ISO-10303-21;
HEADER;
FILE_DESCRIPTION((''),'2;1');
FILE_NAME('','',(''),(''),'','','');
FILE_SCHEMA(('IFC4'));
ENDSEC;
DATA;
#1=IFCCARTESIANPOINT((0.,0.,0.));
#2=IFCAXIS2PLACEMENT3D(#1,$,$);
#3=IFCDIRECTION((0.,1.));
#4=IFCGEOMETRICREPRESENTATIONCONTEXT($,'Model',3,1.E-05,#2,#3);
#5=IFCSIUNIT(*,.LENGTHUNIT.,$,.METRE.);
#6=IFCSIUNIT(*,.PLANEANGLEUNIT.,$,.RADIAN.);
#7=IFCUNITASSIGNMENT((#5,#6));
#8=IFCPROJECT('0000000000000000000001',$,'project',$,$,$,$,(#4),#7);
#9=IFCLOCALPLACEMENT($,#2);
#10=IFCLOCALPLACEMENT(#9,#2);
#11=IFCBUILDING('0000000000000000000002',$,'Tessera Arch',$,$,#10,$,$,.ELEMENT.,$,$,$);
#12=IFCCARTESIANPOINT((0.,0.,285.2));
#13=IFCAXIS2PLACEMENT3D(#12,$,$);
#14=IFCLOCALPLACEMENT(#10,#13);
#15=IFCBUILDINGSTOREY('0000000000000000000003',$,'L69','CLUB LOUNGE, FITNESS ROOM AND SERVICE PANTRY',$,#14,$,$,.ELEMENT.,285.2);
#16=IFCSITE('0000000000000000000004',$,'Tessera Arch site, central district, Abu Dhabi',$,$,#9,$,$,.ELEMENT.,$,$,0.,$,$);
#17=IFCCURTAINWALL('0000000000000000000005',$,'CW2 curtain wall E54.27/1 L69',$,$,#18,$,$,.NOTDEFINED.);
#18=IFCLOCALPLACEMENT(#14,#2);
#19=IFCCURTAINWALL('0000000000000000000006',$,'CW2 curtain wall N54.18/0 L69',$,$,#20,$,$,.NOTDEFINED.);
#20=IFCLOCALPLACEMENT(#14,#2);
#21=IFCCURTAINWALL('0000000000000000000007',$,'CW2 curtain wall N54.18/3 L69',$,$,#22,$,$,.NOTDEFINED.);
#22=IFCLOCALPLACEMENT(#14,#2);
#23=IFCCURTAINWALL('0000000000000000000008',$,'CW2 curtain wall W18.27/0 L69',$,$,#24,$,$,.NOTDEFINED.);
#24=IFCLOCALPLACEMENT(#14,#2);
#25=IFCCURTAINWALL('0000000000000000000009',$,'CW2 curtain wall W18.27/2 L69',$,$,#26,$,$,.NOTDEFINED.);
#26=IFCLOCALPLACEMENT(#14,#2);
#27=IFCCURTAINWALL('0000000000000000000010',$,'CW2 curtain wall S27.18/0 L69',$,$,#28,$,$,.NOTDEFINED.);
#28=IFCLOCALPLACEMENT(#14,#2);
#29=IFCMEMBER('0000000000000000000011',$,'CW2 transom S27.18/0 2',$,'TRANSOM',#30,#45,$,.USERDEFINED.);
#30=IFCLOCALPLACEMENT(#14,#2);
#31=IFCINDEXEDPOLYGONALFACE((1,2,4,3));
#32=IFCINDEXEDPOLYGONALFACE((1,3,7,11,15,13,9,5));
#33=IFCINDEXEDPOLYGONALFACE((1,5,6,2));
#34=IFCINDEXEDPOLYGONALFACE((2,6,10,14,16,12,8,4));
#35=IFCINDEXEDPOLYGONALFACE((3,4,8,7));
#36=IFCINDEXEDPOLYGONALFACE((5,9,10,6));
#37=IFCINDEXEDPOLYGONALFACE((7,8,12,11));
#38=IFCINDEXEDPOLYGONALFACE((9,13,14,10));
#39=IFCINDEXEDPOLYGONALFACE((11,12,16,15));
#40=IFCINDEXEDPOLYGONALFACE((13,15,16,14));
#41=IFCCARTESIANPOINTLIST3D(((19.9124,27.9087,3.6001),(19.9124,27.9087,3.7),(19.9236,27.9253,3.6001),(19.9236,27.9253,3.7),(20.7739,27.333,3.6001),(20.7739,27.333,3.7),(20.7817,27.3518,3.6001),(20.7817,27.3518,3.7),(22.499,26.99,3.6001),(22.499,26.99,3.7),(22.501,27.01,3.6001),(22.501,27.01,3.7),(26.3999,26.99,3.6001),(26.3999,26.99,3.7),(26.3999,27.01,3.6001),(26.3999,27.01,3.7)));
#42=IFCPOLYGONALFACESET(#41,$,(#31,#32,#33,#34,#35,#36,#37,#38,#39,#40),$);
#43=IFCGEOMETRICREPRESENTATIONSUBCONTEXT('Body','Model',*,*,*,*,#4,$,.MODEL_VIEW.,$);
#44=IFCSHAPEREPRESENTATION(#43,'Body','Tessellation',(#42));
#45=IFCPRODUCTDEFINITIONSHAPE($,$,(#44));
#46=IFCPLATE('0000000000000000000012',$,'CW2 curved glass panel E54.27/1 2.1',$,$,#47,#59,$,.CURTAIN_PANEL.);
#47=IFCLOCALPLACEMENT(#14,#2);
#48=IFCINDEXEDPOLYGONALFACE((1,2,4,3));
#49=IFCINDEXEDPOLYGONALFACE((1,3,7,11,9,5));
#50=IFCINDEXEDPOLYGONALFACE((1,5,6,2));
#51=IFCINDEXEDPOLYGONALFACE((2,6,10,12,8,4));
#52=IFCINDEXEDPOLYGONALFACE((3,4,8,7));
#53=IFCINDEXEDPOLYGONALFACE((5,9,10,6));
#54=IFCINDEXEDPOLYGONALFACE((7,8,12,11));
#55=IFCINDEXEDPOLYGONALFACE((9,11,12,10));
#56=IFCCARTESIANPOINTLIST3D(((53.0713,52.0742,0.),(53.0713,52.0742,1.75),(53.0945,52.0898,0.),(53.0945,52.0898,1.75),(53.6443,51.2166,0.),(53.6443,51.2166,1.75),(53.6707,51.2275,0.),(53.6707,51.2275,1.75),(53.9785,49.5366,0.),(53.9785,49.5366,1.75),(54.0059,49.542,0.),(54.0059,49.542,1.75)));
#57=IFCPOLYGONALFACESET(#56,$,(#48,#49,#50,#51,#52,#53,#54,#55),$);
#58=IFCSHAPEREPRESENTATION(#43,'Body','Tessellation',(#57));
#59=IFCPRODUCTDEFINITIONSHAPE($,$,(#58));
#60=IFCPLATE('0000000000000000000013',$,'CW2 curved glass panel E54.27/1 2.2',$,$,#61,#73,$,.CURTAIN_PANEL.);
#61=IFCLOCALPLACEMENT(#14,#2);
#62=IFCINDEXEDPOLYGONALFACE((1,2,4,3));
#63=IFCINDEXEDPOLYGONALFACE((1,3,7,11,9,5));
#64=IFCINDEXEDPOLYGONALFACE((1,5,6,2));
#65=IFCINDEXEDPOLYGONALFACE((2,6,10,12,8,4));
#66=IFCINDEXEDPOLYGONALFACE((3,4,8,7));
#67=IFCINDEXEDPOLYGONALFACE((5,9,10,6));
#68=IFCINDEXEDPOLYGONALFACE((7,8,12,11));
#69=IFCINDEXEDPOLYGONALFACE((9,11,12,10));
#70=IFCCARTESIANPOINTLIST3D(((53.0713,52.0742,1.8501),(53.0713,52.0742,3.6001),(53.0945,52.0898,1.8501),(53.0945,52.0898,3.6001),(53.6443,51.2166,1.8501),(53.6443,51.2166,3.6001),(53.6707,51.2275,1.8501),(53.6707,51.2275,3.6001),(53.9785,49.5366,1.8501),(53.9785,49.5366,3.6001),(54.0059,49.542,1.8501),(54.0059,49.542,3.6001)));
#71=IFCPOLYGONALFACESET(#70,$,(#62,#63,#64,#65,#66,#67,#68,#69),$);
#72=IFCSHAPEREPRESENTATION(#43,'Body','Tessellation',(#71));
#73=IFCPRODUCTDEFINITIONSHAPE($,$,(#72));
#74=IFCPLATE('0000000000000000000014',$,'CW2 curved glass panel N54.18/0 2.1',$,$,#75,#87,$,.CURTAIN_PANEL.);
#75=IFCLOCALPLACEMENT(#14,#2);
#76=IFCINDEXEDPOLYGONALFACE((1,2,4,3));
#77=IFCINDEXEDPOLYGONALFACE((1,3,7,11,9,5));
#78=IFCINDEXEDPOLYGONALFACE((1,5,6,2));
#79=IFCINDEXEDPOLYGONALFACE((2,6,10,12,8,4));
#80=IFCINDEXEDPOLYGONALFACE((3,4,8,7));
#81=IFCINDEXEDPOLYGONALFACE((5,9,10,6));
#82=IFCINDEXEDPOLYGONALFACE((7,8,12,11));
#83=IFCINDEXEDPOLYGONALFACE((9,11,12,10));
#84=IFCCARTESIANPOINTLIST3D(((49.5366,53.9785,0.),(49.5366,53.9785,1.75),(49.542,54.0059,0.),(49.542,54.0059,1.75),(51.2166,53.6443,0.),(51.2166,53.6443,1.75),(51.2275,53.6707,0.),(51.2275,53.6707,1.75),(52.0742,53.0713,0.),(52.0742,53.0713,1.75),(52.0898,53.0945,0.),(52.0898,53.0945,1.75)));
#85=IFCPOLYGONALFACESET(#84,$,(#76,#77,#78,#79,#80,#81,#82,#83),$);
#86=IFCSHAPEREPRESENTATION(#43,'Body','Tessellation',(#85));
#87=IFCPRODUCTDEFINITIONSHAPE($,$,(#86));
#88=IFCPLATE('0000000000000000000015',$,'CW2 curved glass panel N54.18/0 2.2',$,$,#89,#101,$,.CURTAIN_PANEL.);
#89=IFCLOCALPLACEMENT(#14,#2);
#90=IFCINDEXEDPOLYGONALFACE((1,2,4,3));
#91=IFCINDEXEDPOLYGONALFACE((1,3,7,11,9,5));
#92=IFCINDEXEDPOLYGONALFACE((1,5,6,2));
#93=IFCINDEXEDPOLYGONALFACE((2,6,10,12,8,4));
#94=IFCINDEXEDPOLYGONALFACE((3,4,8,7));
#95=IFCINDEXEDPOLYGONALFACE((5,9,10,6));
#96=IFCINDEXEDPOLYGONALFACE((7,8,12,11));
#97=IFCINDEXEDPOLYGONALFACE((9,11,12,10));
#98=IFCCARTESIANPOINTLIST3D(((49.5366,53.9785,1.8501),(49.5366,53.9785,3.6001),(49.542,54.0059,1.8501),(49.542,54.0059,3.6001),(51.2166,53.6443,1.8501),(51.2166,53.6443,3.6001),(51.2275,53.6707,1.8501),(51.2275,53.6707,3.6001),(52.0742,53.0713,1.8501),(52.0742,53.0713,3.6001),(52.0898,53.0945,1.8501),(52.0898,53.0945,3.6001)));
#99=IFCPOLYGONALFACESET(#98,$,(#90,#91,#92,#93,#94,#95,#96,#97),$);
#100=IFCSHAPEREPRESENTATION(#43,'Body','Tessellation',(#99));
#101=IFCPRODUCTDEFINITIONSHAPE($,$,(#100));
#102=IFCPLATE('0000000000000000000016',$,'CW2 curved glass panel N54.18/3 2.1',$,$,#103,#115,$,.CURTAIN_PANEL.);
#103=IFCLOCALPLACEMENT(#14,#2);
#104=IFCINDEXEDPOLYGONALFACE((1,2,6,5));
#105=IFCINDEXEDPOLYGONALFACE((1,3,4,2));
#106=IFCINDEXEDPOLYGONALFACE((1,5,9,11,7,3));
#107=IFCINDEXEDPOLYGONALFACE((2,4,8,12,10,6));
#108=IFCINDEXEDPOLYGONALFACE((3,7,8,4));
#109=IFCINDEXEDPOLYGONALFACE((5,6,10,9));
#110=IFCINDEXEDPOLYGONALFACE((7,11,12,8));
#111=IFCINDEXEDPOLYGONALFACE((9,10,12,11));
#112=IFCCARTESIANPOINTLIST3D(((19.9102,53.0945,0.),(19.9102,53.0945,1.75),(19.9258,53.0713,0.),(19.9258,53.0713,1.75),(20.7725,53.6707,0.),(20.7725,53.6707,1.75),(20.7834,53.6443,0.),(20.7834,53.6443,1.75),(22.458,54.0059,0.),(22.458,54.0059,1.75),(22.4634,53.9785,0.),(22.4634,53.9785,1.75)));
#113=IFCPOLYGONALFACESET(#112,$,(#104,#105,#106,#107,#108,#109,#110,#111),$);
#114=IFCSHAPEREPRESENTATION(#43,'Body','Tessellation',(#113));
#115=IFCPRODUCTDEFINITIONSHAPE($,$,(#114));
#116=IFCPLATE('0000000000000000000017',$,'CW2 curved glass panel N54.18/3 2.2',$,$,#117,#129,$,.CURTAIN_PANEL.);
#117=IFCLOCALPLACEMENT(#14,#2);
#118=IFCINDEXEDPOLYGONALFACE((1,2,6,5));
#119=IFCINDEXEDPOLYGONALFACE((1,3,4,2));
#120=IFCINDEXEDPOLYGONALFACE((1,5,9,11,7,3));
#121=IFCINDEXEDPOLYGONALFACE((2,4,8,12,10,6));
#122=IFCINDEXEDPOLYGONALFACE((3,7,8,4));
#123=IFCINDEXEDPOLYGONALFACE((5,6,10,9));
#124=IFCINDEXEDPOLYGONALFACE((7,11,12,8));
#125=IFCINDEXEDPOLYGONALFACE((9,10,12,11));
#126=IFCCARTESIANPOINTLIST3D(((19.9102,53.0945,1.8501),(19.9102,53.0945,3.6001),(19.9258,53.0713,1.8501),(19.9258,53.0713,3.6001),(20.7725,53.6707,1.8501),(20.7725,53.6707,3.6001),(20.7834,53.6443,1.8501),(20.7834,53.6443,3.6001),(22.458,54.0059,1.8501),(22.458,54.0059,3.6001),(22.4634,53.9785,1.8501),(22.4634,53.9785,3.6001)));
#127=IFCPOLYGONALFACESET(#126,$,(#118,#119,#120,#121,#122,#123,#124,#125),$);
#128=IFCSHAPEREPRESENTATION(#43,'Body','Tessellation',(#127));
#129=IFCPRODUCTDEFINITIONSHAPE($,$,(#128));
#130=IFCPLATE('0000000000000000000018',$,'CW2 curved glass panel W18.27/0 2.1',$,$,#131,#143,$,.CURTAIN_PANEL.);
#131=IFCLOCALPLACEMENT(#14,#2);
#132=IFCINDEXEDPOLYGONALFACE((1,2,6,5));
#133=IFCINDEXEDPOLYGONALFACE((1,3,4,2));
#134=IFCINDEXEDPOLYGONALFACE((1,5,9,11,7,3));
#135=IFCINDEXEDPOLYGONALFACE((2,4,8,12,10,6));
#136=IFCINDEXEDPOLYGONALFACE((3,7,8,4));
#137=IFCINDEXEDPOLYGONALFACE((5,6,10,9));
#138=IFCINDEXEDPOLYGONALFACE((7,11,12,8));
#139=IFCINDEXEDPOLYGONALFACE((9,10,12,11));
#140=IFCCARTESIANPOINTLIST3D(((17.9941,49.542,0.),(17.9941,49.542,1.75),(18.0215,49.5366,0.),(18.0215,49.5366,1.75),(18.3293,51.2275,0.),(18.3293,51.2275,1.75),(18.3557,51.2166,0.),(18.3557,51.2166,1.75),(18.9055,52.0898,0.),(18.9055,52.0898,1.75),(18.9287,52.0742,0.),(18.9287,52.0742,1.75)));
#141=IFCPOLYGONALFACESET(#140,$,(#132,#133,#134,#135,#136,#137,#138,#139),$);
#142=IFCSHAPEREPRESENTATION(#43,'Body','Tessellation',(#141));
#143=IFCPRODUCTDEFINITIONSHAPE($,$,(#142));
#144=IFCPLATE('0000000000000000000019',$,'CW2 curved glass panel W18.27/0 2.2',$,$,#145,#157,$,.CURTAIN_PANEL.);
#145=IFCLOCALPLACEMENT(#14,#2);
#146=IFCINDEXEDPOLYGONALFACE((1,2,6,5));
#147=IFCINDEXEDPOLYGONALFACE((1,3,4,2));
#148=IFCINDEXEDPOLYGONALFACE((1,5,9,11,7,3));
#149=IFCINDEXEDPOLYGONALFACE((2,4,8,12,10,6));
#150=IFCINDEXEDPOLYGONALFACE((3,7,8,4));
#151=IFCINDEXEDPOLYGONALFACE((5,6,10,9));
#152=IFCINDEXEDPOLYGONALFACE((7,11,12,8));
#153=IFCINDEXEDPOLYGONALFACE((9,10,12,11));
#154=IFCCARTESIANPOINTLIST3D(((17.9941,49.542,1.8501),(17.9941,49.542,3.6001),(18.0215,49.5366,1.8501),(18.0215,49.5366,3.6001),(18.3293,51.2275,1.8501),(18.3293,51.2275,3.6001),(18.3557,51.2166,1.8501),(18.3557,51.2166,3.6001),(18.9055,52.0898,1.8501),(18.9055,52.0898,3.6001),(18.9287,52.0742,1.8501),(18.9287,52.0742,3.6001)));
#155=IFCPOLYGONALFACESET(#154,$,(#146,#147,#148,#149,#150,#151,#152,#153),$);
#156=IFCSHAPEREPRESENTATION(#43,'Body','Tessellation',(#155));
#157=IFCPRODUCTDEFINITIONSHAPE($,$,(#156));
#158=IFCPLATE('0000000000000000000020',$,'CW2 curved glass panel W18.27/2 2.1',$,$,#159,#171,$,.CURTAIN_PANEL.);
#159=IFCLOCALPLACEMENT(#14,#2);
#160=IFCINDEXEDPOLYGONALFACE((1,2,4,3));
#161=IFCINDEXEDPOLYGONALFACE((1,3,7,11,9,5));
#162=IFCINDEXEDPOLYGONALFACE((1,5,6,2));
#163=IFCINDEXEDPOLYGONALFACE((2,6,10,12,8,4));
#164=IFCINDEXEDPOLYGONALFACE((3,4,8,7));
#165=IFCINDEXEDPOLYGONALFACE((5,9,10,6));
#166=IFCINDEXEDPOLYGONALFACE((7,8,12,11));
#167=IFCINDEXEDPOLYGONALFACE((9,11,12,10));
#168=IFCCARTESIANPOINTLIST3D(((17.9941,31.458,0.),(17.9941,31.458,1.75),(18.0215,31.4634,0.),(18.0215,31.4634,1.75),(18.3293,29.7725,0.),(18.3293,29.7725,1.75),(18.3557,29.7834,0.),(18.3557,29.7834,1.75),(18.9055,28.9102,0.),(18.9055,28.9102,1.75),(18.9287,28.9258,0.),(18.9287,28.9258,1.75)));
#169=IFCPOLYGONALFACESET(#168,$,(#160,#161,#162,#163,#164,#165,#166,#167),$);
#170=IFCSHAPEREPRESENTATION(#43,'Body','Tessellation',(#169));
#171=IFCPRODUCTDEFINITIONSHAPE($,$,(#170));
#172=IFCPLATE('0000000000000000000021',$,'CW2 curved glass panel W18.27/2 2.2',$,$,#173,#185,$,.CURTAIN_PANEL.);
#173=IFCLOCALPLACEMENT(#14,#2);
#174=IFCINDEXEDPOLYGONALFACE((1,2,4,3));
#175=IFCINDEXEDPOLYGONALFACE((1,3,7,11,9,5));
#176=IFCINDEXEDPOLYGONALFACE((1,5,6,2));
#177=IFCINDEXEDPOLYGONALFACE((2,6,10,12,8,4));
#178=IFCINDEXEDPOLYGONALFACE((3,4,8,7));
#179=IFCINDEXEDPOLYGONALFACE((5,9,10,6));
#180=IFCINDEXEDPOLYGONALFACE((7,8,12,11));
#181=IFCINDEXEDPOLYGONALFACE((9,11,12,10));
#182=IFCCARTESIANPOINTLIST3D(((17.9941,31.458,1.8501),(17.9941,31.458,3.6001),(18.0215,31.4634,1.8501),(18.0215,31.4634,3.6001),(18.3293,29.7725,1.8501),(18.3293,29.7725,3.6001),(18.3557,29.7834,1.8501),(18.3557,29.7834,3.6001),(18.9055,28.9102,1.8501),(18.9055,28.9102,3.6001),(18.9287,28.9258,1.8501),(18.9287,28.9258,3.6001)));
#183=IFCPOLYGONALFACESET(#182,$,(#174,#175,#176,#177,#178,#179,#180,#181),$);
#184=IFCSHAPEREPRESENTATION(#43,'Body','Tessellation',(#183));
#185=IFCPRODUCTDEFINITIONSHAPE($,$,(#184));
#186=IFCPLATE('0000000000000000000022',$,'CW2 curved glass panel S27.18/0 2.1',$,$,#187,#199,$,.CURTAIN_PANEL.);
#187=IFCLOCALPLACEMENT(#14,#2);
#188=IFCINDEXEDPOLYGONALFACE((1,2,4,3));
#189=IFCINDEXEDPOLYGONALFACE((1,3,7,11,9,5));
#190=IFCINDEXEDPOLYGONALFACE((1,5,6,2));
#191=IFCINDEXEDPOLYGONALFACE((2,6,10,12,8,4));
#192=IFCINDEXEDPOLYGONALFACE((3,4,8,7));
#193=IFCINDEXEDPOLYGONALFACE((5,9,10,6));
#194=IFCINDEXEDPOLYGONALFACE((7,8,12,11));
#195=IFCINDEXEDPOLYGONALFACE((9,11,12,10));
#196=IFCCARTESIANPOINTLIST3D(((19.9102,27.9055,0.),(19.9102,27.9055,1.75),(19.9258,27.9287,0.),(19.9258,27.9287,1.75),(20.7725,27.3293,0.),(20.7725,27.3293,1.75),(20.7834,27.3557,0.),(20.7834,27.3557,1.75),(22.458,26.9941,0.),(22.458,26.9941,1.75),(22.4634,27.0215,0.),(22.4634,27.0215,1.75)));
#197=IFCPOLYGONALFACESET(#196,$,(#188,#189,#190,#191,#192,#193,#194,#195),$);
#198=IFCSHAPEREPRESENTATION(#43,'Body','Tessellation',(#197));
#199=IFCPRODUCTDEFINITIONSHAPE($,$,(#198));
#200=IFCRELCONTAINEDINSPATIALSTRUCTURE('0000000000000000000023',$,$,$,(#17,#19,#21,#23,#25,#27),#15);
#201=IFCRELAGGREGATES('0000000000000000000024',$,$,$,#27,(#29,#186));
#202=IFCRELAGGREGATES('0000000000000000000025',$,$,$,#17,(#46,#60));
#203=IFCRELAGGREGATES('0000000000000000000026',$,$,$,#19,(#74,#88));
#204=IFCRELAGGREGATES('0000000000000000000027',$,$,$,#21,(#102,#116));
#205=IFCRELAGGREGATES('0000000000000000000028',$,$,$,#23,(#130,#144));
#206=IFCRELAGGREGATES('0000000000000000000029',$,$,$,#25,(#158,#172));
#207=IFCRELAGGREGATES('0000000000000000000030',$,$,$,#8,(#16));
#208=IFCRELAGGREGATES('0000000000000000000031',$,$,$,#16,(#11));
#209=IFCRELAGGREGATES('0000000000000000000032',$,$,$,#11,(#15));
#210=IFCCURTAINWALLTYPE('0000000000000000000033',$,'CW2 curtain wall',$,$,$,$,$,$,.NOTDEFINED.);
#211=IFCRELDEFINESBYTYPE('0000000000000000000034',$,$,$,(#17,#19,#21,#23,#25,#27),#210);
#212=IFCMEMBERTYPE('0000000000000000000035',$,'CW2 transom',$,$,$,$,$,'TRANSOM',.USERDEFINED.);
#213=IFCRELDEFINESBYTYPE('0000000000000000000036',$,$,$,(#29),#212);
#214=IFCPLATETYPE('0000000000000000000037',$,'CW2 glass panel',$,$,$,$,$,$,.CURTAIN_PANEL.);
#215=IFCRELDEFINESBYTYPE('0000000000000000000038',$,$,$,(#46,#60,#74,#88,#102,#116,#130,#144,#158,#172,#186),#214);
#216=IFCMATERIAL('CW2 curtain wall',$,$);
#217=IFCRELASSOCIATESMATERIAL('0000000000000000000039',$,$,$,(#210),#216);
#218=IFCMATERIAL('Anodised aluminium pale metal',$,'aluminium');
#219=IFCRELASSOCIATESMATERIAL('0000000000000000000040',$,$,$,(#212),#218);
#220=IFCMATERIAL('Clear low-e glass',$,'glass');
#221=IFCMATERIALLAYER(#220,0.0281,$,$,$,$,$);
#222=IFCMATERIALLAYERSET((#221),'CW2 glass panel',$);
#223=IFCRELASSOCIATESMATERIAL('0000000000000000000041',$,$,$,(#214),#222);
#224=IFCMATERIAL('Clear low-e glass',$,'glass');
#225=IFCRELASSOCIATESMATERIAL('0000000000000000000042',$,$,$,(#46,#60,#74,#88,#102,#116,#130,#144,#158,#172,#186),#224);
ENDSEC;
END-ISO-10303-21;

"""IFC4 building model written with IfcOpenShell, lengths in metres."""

from ifc_helpers import new_model, si_unit, direction, frame, origin, origin_2d, place, context, subcontext, project, spatial, polyline, rectangle, outline, extrude, material, layer, layer_set, material_profile, profile_set, type_object, element, aggregate, save


model = new_model("IFC4")

# Units and contexts
model_context = context("Model", 3, precision=1e-05, world=origin(), true_north=direction((0.0, 1.0)))
body_context = subcontext(model_context, "Body", "Model", "MODEL_VIEW")
ifc_project = project(units=[si_unit("LENGTHUNIT", "METRE"), si_unit("PLANEANGLEUNIT", "RADIAN")], contexts=[model_context])

# Site, building, storey
site_placement = place(None, origin())
site = spatial("IfcSite", under=ifc_project, at=site_placement, Name="Tessera Arch site, central district, Abu Dhabi", CompositionType="ELEMENT", RefElevation=0.0)
building_placement = place(site_placement, origin())
building = spatial("IfcBuilding", under=site, at=building_placement, Name="Tessera Arch", CompositionType="ELEMENT")
storey_placement = place(building_placement, frame((0.0, 0.0, 285.2)))
storey = spatial("IfcBuildingStorey", under=building, at=storey_placement, Name="L69", Description="CLUB LOUNGE, FITNESS ROOM AND SERVICE PANTRY", CompositionType="ELEMENT", Elevation=285.2)

# Curtain walls, member
ifc_material_1 = material(Name="CW2 curtain wall")
curtain_wall_type = type_object("IfcCurtainWallType", Name="CW2 curtain wall", PredefinedType="NOTDEFINED", material=ifc_material_1)
curtain_wall_1_placement = place(storey_placement, origin())
curtain_wall_1 = element("IfcCurtainWall", 1, at=curtain_wall_1_placement, inside=storey, type_object=curtain_wall_type, Name="CW2 curtain wall E54.27/1 L69", PredefinedType="NOTDEFINED")
ifc_material_2 = material(Name="Anodised aluminium pale metal", Category="aluminium")
ifc_material_profile = material_profile(ifc_material_2, rectangle(XDim=0.2, YDim=0.1001, at=origin_2d()), Name="AL 200x100")
ifc_profile_set = profile_set([ifc_material_profile], Name="Anodised aluminium pale metal")
member_type = type_object("IfcMemberType", Name="CW2 transom", ElementType="TRANSOM", PredefinedType="USERDEFINED", material=ifc_profile_set)
curtain_wall_2_placement = place(storey_placement, origin())
curtain_wall_2 = element("IfcCurtainWall", 2, at=curtain_wall_2_placement, inside=storey, type_object=curtain_wall_type, Name="CW2 curtain wall N54.18/0 L69", PredefinedType="NOTDEFINED")
curtain_wall_3_placement = place(storey_placement, origin())
curtain_wall_3 = element("IfcCurtainWall", 3, at=curtain_wall_3_placement, inside=storey, type_object=curtain_wall_type, Name="CW2 curtain wall N54.18/3 L69", PredefinedType="NOTDEFINED")
curtain_wall_4_placement = place(storey_placement, origin())
curtain_wall_4 = element("IfcCurtainWall", 4, at=curtain_wall_4_placement, inside=storey, type_object=curtain_wall_type, Name="CW2 curtain wall W18.27/0 L69", PredefinedType="NOTDEFINED")
curtain_wall_5_placement = place(storey_placement, origin())
curtain_wall_5 = element("IfcCurtainWall", 5, at=curtain_wall_5_placement, inside=storey, type_object=curtain_wall_type, Name="CW2 curtain wall W18.27/2 L69", PredefinedType="NOTDEFINED")
curtain_wall_6_placement = place(storey_placement, origin())
curtain_wall_6 = element("IfcCurtainWall", 6, at=curtain_wall_6_placement, inside=storey, type_object=curtain_wall_type, Name="CW2 curtain wall S27.18/0 L69", PredefinedType="NOTDEFINED")
member_1_placement = place(storey_placement, frame((0.0, 0.0, 3.6001)))
member_1 = element("IfcMember", 7, at=member_1_placement, type_object=member_type, Name="CW2 transom S27.18/0 2", ObjectType="TRANSOM", PredefinedType="USERDEFINED", context=body_context, shape_type="SweptSolid", body=[
    extrude(outline(polyline([(20.7817, 27.3518), (19.9236, 27.9253), (19.9124, 27.9087), (20.7739, 27.333), (22.499, 26.99), (26.3999, 26.99), (26.3999, 27.01), (22.501, 27.01), (20.7817, 27.3518)])), origin(), (0.0, 0.0, 1.0), 0.0999),
])

# Plates
ifc_material_3 = material(Name="Clear low-e glass", Category="glass")
ifc_material_4 = material(Name="Clear low-e glass", Category="glass")
ifc_layer_1 = layer(ifc_material_4, 0.0281)
ifc_layer_set_1 = layer_set([ifc_layer_1], Name="CW2 glass panel")
plate_type_1 = type_object("IfcPlateType", Name="CW2 glass panel", PredefinedType="CURTAIN_PANEL", material=ifc_layer_set_1)
plate_1_placement = place(storey_placement, origin())
plate_1 = element("IfcPlate", 8, at=plate_1_placement, type_object=plate_type_1, material=ifc_material_3, Name="CW2 curved glass panel E54.27/1 2.1", PredefinedType="CURTAIN_PANEL", context=body_context, shape_type="SweptSolid", body=[
    extrude(outline(polyline([(53.6443, 51.2166), (53.9785, 49.5366), (54.0059, 49.542), (53.6707, 51.2275), (53.0945, 52.0898), (53.0713, 52.0742), (53.6443, 51.2166)])), origin(), (0.0, 0.0, 1.0), 1.75),
])
plate_2_placement = place(storey_placement, frame((0.0, 0.0, 1.8501)))
plate_2 = element("IfcPlate", 9, at=plate_2_placement, type_object=plate_type_1, material=ifc_material_3, Name="CW2 curved glass panel E54.27/1 2.2", PredefinedType="CURTAIN_PANEL", context=body_context, shape_type="SweptSolid", body=[
    extrude(outline(polyline([(53.6443, 51.2166), (53.9785, 49.5366), (54.0059, 49.542), (53.6707, 51.2275), (53.0945, 52.0898), (53.0713, 52.0742), (53.6443, 51.2166)])), origin(), (0.0, 0.0, 1.0), 1.75),
])
plate_3_placement = place(storey_placement, origin())
plate_3 = element("IfcPlate", 10, at=plate_3_placement, type_object=plate_type_1, material=ifc_material_3, Name="CW2 curved glass panel N54.18/0 2.1", PredefinedType="CURTAIN_PANEL", context=body_context, shape_type="SweptSolid", body=[
    extrude(outline(polyline([(51.2166, 53.6443), (52.0742, 53.0713), (52.0898, 53.0945), (51.2275, 53.6707), (49.542, 54.0059), (49.5366, 53.9785), (51.2166, 53.6443)])), origin(), (0.0, 0.0, 1.0), 1.75),
])
plate_4_placement = place(storey_placement, frame((0.0, 0.0, 1.8501)))
plate_4 = element("IfcPlate", 11, at=plate_4_placement, type_object=plate_type_1, material=ifc_material_3, Name="CW2 curved glass panel N54.18/0 2.2", PredefinedType="CURTAIN_PANEL", context=body_context, shape_type="SweptSolid", body=[
    extrude(outline(polyline([(51.2166, 53.6443), (52.0742, 53.0713), (52.0898, 53.0945), (51.2275, 53.6707), (49.542, 54.0059), (49.5366, 53.9785), (51.2166, 53.6443)])), origin(), (0.0, 0.0, 1.0), 1.75),
])
plate_5_placement = place(storey_placement, origin())
plate_5 = element("IfcPlate", 12, at=plate_5_placement, type_object=plate_type_1, material=ifc_material_3, Name="CW2 curved glass panel N54.18/3 2.1", PredefinedType="CURTAIN_PANEL", context=body_context, shape_type="SweptSolid", body=[
    extrude(outline(polyline([(20.7834, 53.6443), (22.4634, 53.9785), (22.458, 54.0059), (20.7725, 53.6707), (19.9102, 53.0945), (19.9258, 53.0713), (20.7834, 53.6443)])), origin(), (0.0, 0.0, 1.0), 1.75),
])
plate_6_placement = place(storey_placement, frame((0.0, 0.0, 1.8501)))
plate_6 = element("IfcPlate", 13, at=plate_6_placement, type_object=plate_type_1, material=ifc_material_3, Name="CW2 curved glass panel N54.18/3 2.2", PredefinedType="CURTAIN_PANEL", context=body_context, shape_type="SweptSolid", body=[
    extrude(outline(polyline([(20.7834, 53.6443), (22.4634, 53.9785), (22.458, 54.0059), (20.7725, 53.6707), (19.9102, 53.0945), (19.9258, 53.0713), (20.7834, 53.6443)])), origin(), (0.0, 0.0, 1.0), 1.75),
])
plate_7_placement = place(storey_placement, origin())
plate_7 = element("IfcPlate", 14, at=plate_7_placement, type_object=plate_type_1, material=ifc_material_3, Name="CW2 curved glass panel W18.27/0 2.1", PredefinedType="CURTAIN_PANEL", context=body_context, shape_type="SweptSolid", body=[
    extrude(outline(polyline([(18.3557, 51.2166), (18.9287, 52.0742), (18.9055, 52.0898), (18.3293, 51.2275), (17.9941, 49.542), (18.0215, 49.5366), (18.3557, 51.2166)])), origin(), (0.0, 0.0, 1.0), 1.75),
])
plate_8_placement = place(storey_placement, frame((0.0, 0.0, 1.8501)))
plate_8 = element("IfcPlate", 15, at=plate_8_placement, type_object=plate_type_1, material=ifc_material_3, Name="CW2 curved glass panel W18.27/0 2.2", PredefinedType="CURTAIN_PANEL", context=body_context, shape_type="SweptSolid", body=[
    extrude(outline(polyline([(18.3557, 51.2166), (18.9287, 52.0742), (18.9055, 52.0898), (18.3293, 51.2275), (17.9941, 49.542), (18.0215, 49.5366), (18.3557, 51.2166)])), origin(), (0.0, 0.0, 1.0), 1.75),
])
plate_9_placement = place(storey_placement, origin())
plate_9 = element("IfcPlate", 16, at=plate_9_placement, type_object=plate_type_1, material=ifc_material_3, Name="CW2 curved glass panel W18.27/2 2.1", PredefinedType="CURTAIN_PANEL", context=body_context, shape_type="SweptSolid", body=[
    extrude(outline(polyline([(18.3557, 29.7834), (18.0215, 31.4634), (17.9941, 31.458), (18.3293, 29.7725), (18.9055, 28.9102), (18.9287, 28.9258), (18.3557, 29.7834)])), origin(), (0.0, 0.0, 1.0), 1.75),
])
plate_10_placement = place(storey_placement, frame((0.0, 0.0, 1.8501)))
plate_10 = element("IfcPlate", 17, at=plate_10_placement, type_object=plate_type_1, material=ifc_material_3, Name="CW2 curved glass panel W18.27/2 2.2", PredefinedType="CURTAIN_PANEL", context=body_context, shape_type="SweptSolid", body=[
    extrude(outline(polyline([(18.3557, 29.7834), (18.0215, 31.4634), (17.9941, 31.458), (18.3293, 29.7725), (18.9055, 28.9102), (18.9287, 28.9258), (18.3557, 29.7834)])), origin(), (0.0, 0.0, 1.0), 1.75),
])
plate_11_placement = place(storey_placement, origin())
plate_11 = element("IfcPlate", 18, at=plate_11_placement, type_object=plate_type_1, material=ifc_material_3, Name="CW2 curved glass panel S27.18/0 2.1", PredefinedType="CURTAIN_PANEL", context=body_context, shape_type="SweptSolid", body=[
    extrude(outline(polyline([(20.7834, 27.3557), (19.9258, 27.9287), (19.9102, 27.9055), (20.7725, 27.3293), (22.458, 26.9941), (22.4634, 27.0215), (20.7834, 27.3557)])), origin(), (0.0, 0.0, 1.0), 1.75),
])
aggregate(curtain_wall_6, [member_1, plate_11])
aggregate(curtain_wall_1, [plate_1, plate_2])
aggregate(curtain_wall_2, [plate_3, plate_4])
aggregate(curtain_wall_3, [plate_5, plate_6])
aggregate(curtain_wall_4, [plate_7, plate_8])
aggregate(curtain_wall_5, [plate_9, plate_10])

save(model, "model.ifc")
